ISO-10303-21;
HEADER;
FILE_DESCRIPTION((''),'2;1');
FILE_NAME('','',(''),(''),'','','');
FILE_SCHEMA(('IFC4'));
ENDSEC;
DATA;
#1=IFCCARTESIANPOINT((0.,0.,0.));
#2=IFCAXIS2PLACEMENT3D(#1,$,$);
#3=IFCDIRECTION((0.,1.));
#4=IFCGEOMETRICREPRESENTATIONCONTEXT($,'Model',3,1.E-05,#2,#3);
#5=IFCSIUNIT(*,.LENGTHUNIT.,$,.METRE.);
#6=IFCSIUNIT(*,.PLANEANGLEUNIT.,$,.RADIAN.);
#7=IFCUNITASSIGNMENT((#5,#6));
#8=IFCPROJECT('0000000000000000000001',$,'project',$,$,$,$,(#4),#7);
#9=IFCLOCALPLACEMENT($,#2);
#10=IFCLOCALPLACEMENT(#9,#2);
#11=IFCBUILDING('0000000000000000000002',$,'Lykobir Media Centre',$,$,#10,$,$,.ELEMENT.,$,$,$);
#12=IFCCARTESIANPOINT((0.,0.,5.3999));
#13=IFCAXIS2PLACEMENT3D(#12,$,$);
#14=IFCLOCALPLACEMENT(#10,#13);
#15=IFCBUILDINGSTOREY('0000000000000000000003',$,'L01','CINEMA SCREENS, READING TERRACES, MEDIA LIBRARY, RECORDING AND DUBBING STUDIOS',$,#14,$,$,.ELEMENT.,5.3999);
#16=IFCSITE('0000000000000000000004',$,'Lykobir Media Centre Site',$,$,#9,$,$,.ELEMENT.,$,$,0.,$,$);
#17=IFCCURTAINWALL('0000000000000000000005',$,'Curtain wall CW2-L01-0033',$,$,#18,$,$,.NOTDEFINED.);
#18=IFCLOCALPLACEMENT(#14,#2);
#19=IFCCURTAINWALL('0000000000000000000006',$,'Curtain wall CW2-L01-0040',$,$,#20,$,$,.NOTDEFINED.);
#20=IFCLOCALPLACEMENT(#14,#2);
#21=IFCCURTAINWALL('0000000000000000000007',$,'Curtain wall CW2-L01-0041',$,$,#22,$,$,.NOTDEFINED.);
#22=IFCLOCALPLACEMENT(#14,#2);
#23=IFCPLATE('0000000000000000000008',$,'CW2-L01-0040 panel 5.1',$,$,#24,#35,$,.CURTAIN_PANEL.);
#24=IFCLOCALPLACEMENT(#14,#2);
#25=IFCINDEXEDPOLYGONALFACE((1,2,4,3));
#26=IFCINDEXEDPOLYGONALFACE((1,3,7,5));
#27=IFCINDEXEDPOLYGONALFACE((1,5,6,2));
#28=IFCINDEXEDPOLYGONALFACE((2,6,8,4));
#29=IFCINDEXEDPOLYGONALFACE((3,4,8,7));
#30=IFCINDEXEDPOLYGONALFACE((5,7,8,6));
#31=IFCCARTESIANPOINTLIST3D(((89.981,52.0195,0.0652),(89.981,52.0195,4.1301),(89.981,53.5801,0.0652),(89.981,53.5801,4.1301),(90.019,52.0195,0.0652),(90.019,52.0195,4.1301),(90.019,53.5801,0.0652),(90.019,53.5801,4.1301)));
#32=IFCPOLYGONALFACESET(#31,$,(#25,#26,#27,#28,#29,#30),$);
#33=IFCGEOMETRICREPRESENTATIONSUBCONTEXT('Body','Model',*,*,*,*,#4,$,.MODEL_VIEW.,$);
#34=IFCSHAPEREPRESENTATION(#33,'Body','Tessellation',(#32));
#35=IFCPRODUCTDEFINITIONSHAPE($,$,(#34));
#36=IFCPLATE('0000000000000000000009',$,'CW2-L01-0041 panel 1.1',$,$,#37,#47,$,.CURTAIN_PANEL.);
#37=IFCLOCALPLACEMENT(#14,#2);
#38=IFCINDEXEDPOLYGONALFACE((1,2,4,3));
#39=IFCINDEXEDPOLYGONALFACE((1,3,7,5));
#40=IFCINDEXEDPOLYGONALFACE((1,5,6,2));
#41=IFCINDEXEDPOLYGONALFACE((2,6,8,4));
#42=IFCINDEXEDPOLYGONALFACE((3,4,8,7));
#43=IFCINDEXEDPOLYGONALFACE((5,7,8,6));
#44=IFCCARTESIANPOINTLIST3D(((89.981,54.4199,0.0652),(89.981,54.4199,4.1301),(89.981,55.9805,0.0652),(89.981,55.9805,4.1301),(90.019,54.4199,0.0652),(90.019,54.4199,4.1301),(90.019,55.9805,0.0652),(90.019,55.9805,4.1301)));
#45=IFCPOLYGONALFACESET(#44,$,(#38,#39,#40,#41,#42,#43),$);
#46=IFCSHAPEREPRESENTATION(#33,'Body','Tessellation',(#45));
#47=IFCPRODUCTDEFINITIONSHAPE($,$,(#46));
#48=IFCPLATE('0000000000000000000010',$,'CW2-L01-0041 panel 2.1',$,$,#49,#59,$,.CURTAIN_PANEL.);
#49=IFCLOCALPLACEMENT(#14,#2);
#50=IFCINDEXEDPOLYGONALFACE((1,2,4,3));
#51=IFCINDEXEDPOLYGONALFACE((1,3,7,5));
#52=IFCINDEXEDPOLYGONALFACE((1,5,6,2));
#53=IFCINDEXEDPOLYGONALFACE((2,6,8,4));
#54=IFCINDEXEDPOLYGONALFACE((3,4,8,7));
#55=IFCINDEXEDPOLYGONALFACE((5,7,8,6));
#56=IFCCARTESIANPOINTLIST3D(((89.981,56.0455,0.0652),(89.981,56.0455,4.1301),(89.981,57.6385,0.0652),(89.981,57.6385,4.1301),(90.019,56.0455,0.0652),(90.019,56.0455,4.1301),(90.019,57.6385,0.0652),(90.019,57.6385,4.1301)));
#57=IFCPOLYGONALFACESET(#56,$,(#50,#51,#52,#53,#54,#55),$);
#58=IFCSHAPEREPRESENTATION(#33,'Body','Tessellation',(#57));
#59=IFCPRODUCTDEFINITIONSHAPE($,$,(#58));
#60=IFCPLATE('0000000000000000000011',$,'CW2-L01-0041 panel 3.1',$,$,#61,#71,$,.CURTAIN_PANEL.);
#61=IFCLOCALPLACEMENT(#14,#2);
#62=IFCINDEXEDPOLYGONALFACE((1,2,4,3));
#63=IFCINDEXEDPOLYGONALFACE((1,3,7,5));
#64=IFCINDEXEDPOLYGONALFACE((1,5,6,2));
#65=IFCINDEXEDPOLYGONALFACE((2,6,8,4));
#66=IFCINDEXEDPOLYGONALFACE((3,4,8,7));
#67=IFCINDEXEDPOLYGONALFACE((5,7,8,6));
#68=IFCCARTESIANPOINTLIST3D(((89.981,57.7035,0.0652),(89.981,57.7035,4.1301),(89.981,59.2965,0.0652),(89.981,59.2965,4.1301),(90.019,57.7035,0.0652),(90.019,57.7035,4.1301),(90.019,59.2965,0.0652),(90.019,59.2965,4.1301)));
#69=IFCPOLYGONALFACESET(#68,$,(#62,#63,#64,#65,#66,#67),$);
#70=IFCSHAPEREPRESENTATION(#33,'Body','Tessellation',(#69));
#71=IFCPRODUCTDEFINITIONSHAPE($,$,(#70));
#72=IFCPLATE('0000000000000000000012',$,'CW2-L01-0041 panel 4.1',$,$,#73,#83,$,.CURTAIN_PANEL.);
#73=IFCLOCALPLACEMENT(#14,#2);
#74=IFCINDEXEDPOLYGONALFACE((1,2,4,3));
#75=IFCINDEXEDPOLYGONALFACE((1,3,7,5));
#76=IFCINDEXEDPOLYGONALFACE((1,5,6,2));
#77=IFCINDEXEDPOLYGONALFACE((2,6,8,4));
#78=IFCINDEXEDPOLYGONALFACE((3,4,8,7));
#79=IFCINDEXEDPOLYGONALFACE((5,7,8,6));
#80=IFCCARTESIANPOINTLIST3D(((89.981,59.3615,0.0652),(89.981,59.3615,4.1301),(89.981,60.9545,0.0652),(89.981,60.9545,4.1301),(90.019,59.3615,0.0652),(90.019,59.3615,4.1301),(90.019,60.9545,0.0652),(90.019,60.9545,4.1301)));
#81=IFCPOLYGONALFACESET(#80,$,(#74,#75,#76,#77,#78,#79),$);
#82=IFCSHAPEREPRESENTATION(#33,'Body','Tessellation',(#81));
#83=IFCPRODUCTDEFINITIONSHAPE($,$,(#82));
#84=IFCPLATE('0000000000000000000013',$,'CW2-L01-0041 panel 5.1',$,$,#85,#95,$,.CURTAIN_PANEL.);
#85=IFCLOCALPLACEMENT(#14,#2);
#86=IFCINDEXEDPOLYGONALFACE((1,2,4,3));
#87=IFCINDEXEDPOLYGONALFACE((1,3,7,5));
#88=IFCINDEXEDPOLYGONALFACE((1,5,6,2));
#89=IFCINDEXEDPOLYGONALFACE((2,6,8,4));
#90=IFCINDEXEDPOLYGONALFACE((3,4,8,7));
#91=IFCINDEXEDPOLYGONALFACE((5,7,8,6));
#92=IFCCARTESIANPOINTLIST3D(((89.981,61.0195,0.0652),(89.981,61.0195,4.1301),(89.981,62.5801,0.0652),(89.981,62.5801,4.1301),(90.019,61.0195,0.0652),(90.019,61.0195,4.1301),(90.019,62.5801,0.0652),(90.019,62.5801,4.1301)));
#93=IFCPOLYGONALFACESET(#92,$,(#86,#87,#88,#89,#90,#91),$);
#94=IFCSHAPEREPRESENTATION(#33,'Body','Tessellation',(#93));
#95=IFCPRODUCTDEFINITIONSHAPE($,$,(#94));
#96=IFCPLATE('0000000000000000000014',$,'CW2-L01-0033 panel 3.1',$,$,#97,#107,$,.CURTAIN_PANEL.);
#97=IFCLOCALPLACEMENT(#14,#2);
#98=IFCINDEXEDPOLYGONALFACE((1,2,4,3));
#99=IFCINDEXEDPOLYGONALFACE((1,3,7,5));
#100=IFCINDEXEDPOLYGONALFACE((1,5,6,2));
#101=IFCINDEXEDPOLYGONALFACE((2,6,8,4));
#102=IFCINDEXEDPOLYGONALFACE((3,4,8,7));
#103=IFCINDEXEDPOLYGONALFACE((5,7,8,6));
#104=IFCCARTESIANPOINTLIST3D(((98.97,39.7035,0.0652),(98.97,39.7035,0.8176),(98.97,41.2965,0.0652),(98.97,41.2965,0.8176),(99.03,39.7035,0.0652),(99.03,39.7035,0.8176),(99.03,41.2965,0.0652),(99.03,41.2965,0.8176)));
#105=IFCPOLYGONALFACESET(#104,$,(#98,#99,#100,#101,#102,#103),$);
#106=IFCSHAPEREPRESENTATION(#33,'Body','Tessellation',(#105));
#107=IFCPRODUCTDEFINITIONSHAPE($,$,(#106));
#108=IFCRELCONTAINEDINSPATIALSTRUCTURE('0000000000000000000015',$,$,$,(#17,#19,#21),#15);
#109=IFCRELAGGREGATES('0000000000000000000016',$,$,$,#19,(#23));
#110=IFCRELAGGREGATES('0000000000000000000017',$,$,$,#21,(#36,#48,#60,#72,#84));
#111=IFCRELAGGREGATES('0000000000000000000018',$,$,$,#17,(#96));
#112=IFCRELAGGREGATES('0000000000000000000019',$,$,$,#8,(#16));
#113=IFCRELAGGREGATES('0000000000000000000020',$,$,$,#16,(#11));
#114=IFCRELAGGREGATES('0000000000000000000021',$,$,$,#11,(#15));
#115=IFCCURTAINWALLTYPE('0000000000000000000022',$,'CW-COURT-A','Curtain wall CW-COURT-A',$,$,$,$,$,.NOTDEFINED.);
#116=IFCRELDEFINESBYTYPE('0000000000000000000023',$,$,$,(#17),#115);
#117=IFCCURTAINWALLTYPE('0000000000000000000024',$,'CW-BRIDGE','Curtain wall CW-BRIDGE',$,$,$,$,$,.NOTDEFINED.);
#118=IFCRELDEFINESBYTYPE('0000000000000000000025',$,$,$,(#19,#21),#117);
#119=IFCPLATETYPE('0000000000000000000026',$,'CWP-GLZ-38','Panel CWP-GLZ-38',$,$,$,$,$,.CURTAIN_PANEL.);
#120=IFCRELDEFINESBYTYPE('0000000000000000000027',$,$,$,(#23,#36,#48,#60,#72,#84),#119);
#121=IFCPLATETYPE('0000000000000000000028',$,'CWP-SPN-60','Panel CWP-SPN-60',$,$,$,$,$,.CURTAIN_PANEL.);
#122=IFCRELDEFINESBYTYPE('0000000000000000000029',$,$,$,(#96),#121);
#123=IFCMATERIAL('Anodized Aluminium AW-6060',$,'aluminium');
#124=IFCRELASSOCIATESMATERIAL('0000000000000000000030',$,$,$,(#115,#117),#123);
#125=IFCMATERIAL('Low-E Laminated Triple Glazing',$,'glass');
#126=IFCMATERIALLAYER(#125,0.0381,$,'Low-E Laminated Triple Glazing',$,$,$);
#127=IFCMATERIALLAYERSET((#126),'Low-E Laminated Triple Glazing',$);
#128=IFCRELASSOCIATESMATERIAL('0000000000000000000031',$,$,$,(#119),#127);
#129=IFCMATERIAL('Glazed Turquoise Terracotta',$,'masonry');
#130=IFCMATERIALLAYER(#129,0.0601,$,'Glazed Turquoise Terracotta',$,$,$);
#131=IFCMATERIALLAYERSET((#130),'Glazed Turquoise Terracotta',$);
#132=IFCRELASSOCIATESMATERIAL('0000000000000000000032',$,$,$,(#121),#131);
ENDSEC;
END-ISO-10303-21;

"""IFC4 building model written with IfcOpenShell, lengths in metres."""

from ifc_helpers import new_model, si_unit, direction, frame, origin, origin_2d, place, context, subcontext, project, spatial, rectangle, extrude, material, layer, layer_set, type_object, element, aggregate, save


model = new_model("IFC4")

# Units and contexts
model_context = context("Model", 3, precision=1e-05, world=origin(), true_north=direction((0.0, 1.0)))
body_context = subcontext(model_context, "Body", "Model", "MODEL_VIEW")
ifc_project = project(units=[si_unit("LENGTHUNIT", "METRE"), si_unit("PLANEANGLEUNIT", "RADIAN")], contexts=[model_context])

# Site, building, storey
site_placement = place(None, origin())
site = spatial("IfcSite", under=ifc_project, at=site_placement, Name="Lykobir Media Centre Site", CompositionType="ELEMENT", RefElevation=0.0)
building_placement = place(site_placement, origin())
building = spatial("IfcBuilding", under=site, at=building_placement, Name="Lykobir Media Centre", CompositionType="ELEMENT")
storey_placement = place(building_placement, frame((0.0, 0.0, 5.3999)))
storey = spatial("IfcBuildingStorey", under=building, at=storey_placement, Name="L01", Description="CINEMA SCREENS, READING TERRACES, MEDIA LIBRARY, RECORDING AND DUBBING STUDIOS", CompositionType="ELEMENT", Elevation=5.3999)

# Curtain walls
ifc_material_1 = material(Name="Anodized Aluminium AW-6060", Category="aluminium")
curtain_wall_type_1 = type_object("IfcCurtainWallType", Name="CW-COURT-A", Description="Curtain wall CW-COURT-A", PredefinedType="NOTDEFINED", material=ifc_material_1)
curtain_wall_1_placement = place(storey_placement, origin())
curtain_wall_1 = element("IfcCurtainWall", 1, at=curtain_wall_1_placement, inside=storey, type_object=curtain_wall_type_1, Name="Curtain wall CW2-L01-0033", PredefinedType="NOTDEFINED")
curtain_wall_type_2 = type_object("IfcCurtainWallType", Name="CW-BRIDGE", Description="Curtain wall CW-BRIDGE", PredefinedType="NOTDEFINED", material=ifc_material_1)
curtain_wall_2_placement = place(storey_placement, origin())
curtain_wall_2 = element("IfcCurtainWall", 2, at=curtain_wall_2_placement, inside=storey, type_object=curtain_wall_type_2, Name="Curtain wall CW2-L01-0040", PredefinedType="NOTDEFINED")

# Curtain wall
curtain_wall_3_placement = place(storey_placement, origin())
curtain_wall_3 = element("IfcCurtainWall", 3, at=curtain_wall_3_placement, inside=storey, type_object=curtain_wall_type_2, Name="Curtain wall CW2-L01-0041", PredefinedType="NOTDEFINED")

# Plates
ifc_material_2 = material(Name="Low-E Laminated Triple Glazing", Category="glass")
ifc_layer_1 = layer(ifc_material_2, 0.0381, Name="Low-E Laminated Triple Glazing")
ifc_layer_set_1 = layer_set([ifc_layer_1], Name="Low-E Laminated Triple Glazing")
plate_type_1 = type_object("IfcPlateType", Name="CWP-GLZ-38", Description="Panel CWP-GLZ-38", PredefinedType="CURTAIN_PANEL", material=ifc_layer_set_1)
plate_1_placement = place(storey_placement, frame((90.0, 52.7998, 0.0652), z_axis=(0.0, 0.0, 1.0), x_axis=(0.0, 1.0, 0.0)))
plate_1 = element("IfcPlate", 4, at=plate_1_placement, type_object=plate_type_1, Name="CW2-L01-0040 panel 5.1", PredefinedType="CURTAIN_PANEL", context=body_context, shape_type="SweptSolid", body=[
    extrude(rectangle(XDim=1.5605, YDim=0.0381, at=origin_2d()), origin(), (0.0, 0.0, 1.0), 4.0649),
])
aggregate(curtain_wall_2, [plate_1])
plate_2_placement = place(storey_placement, frame((90.0, 55.2002, 0.0652), z_axis=(0.0, 0.0, 1.0), x_axis=(0.0, 1.0, 0.0)))
plate_2 = element("IfcPlate", 5, at=plate_2_placement, type_object=plate_type_1, Name="CW2-L01-0041 panel 1.1", PredefinedType="CURTAIN_PANEL", context=body_context, shape_type="SweptSolid", body=[
    extrude(rectangle(XDim=1.5605, YDim=0.0381, at=origin_2d()), origin(), (0.0, 0.0, 1.0), 4.0649),
])
plate_3_placement = place(storey_placement, frame((90.0, 56.842, 0.0652), z_axis=(0.0, 0.0, 1.0), x_axis=(0.0, 1.0, 0.0)))
plate_3 = element("IfcPlate", 6, at=plate_3_placement, type_object=plate_type_1, Name="CW2-L01-0041 panel 2.1", PredefinedType="CURTAIN_PANEL", context=body_context, shape_type="SweptSolid", body=[
    extrude(rectangle(XDim=1.593, YDim=0.0381, at=origin_2d()), origin(), (0.0, 0.0, 1.0), 4.0649),
])
plate_4_placement = place(storey_placement, frame((90.0, 58.5, 0.0652), z_axis=(0.0, 0.0, 1.0), x_axis=(0.0, 1.0, 0.0)))
plate_4 = element("IfcPlate", 7, at=plate_4_placement, type_object=plate_type_1, Name="CW2-L01-0041 panel 3.1", PredefinedType="CURTAIN_PANEL", context=body_context, shape_type="SweptSolid", body=[
    extrude(rectangle(XDim=1.593, YDim=0.0381, at=origin_2d()), origin(), (0.0, 0.0, 1.0), 4.0649),
])
plate_5_placement = place(storey_placement, frame((90.0, 60.158, 0.0652), z_axis=(0.0, 0.0, 1.0), x_axis=(0.0, 1.0, 0.0)))
plate_5 = element("IfcPlate", 8, at=plate_5_placement, type_object=plate_type_1, Name="CW2-L01-0041 panel 4.1", PredefinedType="CURTAIN_PANEL", context=body_context, shape_type="SweptSolid", body=[
    extrude(rectangle(XDim=1.593, YDim=0.0381, at=origin_2d()), origin(), (0.0, 0.0, 1.0), 4.0649),
])
plate_6_placement = place(storey_placement, frame((90.0, 61.7998, 0.0652), z_axis=(0.0, 0.0, 1.0), x_axis=(0.0, 1.0, 0.0)))
plate_6 = element("IfcPlate", 9, at=plate_6_placement, type_object=plate_type_1, Name="CW2-L01-0041 panel 5.1", PredefinedType="CURTAIN_PANEL", context=body_context, shape_type="SweptSolid", body=[
    extrude(rectangle(XDim=1.5605, YDim=0.0381, at=origin_2d()), origin(), (0.0, 0.0, 1.0), 4.0649),
])
aggregate(curtain_wall_3, [plate_2, plate_3, plate_4, plate_5, plate_6])
ifc_material_3 = material(Name="Glazed Turquoise Terracotta", Category="masonry")
ifc_layer_2 = layer(ifc_material_3, 0.0601, Name="Glazed Turquoise Terracotta")
ifc_layer_set_2 = layer_set([ifc_layer_2], Name="Glazed Turquoise Terracotta")
plate_type_2 = type_object("IfcPlateType", Name="CWP-SPN-60", Description="Panel CWP-SPN-60", PredefinedType="CURTAIN_PANEL", material=ifc_layer_set_2)
plate_7_placement = place(storey_placement, frame((99.0, 40.5, 0.0652), z_axis=(0.0, 0.0, 1.0), x_axis=(0.0, -1.0, 0.0)))
plate_7 = element("IfcPlate", 10, at=plate_7_placement, type_object=plate_type_2, Name="CW2-L01-0033 panel 3.1", PredefinedType="CURTAIN_PANEL", context=body_context, shape_type="SweptSolid", body=[
    extrude(rectangle(XDim=1.593, YDim=0.0601, at=origin_2d()), origin(), (0.0, 0.0, 1.0), 0.7524),
])
aggregate(curtain_wall_1, [plate_7])

save(model, "model.ifc")
